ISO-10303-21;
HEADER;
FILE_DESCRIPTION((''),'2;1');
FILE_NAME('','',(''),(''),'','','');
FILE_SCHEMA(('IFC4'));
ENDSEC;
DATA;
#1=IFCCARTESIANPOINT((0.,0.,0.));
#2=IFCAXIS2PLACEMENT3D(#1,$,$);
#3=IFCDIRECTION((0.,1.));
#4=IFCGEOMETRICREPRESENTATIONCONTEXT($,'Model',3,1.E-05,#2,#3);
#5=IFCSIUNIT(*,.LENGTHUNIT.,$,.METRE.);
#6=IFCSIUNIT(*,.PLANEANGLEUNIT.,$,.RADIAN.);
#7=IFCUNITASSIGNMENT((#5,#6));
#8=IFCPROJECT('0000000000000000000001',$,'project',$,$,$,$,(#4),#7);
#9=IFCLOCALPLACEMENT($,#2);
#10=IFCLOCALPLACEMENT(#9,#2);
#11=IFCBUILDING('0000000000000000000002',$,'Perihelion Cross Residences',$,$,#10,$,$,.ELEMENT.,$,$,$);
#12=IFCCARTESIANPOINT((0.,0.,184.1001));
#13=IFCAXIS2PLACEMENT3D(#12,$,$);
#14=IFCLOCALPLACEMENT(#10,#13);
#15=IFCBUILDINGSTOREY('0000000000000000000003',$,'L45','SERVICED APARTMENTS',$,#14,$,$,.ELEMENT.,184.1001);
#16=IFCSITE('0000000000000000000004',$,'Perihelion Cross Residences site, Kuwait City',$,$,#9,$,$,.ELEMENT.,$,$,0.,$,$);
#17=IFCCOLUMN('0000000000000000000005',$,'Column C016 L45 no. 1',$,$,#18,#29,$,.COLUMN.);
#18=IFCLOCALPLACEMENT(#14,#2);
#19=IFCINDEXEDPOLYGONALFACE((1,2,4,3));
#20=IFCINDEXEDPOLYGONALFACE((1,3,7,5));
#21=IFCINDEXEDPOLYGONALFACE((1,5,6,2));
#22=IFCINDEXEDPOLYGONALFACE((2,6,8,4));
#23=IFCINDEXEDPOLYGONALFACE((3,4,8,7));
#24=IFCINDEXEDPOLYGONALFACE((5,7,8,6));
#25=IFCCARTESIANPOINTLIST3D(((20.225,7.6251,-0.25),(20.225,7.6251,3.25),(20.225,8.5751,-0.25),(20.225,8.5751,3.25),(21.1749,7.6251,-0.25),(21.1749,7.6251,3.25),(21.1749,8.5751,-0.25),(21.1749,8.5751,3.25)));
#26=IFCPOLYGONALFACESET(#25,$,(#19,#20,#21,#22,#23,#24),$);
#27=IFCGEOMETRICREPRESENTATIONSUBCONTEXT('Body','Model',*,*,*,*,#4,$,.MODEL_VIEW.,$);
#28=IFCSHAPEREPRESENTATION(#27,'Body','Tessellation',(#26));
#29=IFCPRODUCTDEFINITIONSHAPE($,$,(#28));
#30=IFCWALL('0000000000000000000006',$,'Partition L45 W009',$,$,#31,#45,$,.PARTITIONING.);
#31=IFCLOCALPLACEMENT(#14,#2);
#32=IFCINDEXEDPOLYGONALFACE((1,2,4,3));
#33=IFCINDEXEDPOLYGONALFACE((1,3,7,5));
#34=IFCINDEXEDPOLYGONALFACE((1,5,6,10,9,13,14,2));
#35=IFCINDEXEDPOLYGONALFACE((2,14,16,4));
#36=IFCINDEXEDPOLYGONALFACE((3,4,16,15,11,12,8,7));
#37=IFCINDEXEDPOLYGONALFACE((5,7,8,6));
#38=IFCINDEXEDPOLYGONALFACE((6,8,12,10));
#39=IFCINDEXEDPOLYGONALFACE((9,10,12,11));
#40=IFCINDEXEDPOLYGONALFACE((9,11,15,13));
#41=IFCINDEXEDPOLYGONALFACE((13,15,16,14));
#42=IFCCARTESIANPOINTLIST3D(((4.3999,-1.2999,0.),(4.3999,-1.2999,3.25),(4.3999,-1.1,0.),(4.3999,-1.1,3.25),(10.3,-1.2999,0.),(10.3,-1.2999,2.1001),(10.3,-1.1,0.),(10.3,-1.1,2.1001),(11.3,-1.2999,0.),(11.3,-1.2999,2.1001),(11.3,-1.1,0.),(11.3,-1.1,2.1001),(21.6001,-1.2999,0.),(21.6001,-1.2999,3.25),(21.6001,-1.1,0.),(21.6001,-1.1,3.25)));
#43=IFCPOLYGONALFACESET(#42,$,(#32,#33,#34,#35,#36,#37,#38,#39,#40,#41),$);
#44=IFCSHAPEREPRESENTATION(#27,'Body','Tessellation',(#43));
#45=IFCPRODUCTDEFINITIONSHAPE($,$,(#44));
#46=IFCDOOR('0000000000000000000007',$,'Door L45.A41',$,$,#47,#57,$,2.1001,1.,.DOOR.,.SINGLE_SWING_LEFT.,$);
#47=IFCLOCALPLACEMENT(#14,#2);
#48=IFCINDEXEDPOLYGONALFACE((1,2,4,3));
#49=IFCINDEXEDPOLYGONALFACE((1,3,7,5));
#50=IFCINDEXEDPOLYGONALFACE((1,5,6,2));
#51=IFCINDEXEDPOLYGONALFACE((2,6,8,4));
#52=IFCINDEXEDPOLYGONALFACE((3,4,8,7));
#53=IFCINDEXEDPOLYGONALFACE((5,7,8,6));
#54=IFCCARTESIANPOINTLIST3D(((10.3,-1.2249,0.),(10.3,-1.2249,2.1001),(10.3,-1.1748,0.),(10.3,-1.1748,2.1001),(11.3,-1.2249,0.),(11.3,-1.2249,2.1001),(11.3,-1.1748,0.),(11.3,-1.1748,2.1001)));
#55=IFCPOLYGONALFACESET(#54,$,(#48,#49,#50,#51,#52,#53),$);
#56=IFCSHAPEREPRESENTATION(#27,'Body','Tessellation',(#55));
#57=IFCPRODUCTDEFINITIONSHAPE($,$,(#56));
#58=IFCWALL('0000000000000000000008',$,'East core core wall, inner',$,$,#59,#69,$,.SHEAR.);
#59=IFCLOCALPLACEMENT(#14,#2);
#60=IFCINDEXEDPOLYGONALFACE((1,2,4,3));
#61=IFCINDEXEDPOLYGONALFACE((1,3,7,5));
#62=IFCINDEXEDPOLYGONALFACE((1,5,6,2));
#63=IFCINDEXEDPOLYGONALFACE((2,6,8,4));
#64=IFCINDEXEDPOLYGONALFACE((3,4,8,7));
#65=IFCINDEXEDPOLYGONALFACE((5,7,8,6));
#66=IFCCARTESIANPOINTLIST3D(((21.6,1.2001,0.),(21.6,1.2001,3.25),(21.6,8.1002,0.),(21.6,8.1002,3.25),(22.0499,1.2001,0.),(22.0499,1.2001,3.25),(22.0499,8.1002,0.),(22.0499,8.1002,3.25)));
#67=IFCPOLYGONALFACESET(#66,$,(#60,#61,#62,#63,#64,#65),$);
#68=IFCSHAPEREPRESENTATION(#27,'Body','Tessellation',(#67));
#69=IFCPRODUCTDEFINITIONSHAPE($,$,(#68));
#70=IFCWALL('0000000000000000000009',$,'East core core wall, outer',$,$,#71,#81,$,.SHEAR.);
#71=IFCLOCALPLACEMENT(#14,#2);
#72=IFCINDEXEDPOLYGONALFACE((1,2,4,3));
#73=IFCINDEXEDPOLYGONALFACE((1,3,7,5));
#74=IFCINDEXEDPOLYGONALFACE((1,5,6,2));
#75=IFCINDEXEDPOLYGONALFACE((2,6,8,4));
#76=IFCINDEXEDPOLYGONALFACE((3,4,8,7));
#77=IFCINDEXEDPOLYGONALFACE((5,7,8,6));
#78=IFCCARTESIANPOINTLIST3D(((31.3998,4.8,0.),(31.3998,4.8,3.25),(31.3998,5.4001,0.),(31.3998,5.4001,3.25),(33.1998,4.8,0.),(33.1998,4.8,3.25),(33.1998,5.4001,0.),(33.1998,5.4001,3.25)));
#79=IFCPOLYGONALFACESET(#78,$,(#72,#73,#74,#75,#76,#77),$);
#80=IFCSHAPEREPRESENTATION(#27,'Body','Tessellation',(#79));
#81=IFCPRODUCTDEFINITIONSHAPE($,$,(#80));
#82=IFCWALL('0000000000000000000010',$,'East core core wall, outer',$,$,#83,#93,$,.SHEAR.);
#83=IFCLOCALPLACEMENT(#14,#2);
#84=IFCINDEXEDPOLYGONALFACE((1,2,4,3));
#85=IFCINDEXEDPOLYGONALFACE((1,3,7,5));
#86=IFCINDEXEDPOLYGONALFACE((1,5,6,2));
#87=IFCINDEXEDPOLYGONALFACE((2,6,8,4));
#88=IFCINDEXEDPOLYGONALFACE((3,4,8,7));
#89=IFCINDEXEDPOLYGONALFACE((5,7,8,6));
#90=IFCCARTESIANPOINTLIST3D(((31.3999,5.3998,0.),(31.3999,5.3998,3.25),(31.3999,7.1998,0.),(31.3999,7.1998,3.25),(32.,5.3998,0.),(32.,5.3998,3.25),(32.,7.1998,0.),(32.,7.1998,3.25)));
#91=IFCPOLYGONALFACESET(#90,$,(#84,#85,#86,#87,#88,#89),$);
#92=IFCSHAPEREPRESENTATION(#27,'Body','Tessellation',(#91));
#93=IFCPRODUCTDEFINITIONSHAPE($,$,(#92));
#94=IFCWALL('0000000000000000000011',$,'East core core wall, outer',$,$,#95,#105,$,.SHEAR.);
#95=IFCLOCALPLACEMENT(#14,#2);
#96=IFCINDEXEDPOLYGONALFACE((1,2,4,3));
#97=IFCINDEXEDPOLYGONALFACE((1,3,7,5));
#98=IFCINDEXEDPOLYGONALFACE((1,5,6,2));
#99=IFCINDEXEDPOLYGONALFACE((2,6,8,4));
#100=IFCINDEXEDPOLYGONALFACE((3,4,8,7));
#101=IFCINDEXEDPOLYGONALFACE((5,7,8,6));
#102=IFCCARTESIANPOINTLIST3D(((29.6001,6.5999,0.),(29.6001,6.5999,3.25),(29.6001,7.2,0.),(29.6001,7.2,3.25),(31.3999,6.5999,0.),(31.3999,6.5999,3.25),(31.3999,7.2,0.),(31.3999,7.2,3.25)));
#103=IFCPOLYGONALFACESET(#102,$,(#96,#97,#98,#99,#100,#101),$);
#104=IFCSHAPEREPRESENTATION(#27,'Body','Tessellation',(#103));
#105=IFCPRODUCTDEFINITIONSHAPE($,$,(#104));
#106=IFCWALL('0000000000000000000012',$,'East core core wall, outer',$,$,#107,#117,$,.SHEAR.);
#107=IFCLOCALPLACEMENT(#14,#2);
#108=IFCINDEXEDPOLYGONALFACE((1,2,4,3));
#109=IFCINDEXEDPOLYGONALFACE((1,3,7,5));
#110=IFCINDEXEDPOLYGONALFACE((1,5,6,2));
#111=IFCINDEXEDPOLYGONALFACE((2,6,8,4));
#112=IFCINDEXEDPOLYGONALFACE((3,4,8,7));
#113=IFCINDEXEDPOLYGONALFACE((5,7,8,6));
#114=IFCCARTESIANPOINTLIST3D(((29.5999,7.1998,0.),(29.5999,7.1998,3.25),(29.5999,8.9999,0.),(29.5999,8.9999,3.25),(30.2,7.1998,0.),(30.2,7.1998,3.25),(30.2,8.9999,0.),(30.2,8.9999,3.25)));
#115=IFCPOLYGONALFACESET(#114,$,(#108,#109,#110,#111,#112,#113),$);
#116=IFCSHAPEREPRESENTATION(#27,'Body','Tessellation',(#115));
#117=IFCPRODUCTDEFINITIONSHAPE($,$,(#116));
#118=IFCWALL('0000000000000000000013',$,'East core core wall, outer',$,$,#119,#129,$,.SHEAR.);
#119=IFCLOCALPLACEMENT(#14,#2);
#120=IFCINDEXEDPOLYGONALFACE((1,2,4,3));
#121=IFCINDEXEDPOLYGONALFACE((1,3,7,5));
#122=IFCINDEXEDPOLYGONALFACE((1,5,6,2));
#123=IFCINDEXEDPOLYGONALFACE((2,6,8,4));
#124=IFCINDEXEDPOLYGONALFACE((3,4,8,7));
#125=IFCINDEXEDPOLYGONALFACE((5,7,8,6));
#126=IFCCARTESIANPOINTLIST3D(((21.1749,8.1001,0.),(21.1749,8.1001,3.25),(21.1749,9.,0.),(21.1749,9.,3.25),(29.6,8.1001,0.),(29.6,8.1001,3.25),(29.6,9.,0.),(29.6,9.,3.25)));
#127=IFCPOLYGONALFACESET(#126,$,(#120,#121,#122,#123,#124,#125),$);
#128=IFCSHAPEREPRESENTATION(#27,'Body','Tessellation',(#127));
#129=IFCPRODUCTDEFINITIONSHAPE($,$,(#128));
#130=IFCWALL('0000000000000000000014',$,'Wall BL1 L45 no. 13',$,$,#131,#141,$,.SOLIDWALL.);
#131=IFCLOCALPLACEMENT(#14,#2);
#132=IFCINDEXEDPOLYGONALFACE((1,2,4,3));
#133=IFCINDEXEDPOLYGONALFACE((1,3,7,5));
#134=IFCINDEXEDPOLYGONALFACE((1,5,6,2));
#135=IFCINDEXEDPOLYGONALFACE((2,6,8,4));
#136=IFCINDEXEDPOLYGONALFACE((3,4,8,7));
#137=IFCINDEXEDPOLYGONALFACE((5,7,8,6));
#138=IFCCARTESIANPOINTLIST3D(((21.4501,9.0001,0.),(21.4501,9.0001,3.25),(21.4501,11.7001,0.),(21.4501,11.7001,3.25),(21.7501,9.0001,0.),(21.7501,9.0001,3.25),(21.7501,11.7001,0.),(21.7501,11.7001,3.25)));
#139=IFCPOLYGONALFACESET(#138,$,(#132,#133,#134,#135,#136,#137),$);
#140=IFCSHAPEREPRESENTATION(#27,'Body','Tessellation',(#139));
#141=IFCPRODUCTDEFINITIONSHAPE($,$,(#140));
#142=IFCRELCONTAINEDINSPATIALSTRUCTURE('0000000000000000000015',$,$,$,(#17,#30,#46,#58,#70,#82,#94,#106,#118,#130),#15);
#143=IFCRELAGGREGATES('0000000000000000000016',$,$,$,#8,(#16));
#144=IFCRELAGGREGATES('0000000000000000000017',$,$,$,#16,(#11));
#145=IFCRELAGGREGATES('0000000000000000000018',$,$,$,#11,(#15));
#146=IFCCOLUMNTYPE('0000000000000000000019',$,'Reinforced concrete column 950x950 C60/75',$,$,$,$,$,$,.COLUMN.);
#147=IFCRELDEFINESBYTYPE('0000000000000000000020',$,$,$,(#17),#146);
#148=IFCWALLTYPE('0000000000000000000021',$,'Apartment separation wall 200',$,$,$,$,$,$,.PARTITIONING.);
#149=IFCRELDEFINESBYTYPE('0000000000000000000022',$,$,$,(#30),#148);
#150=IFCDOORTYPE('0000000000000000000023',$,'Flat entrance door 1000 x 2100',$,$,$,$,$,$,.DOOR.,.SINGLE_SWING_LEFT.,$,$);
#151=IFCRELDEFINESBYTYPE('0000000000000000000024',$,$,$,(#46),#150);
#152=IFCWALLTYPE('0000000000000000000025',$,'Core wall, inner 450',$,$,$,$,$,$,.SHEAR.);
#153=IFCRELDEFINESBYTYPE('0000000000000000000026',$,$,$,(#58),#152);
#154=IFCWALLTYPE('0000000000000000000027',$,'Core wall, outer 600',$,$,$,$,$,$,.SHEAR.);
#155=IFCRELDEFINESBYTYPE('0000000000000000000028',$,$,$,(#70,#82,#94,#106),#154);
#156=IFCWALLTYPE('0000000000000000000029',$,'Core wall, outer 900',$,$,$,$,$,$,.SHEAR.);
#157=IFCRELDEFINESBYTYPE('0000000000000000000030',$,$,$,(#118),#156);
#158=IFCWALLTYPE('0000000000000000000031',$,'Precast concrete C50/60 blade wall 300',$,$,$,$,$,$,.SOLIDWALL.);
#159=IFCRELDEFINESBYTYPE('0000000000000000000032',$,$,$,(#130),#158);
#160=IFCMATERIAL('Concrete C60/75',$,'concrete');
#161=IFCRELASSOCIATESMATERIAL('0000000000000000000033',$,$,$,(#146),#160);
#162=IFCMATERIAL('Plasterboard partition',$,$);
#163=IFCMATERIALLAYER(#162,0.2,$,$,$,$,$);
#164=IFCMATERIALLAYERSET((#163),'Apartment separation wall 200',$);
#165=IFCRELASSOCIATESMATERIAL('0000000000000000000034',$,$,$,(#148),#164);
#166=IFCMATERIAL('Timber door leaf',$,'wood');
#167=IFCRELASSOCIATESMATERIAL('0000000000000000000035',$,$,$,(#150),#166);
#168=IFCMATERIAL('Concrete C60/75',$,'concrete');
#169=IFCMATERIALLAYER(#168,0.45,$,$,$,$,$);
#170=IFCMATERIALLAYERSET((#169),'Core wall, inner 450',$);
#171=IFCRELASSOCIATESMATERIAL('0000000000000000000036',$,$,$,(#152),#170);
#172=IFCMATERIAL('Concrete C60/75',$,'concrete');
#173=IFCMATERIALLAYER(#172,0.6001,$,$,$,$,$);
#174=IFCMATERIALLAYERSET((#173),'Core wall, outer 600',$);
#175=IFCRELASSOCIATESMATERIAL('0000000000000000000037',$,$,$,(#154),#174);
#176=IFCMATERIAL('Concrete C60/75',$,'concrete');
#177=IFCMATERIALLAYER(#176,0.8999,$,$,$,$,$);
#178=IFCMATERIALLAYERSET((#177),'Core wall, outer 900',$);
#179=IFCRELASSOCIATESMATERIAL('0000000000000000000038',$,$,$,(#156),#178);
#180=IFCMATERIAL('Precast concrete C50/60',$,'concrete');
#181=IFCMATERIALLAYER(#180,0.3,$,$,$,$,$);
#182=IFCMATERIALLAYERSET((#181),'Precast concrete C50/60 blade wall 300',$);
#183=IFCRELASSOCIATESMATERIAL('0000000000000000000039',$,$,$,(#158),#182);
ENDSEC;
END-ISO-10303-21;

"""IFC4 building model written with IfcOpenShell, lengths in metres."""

from ifc_helpers import new_model, si_unit, direction, frame, frame_2d, origin, origin_2d, place, context, subcontext, project, spatial, rectangle, extrude, material, layer, layer_set, material_profile, profile_set, type_object, element, fill, save


model = new_model("IFC4")

# Units and contexts
model_context = context("Model", 3, precision=1e-05, world=origin(), true_north=direction((0.0, 1.0)))
body_context = subcontext(model_context, "Body", "Model", "MODEL_VIEW")
ifc_project = project(units=[si_unit("LENGTHUNIT", "METRE"), si_unit("PLANEANGLEUNIT", "RADIAN")], contexts=[model_context])

# Site, building, storey
site_placement = place(None, origin())
site = spatial("IfcSite", under=ifc_project, at=site_placement, Name="Perihelion Cross Residences site, Kuwait City", CompositionType="ELEMENT", RefElevation=0.0)
building_placement = place(site_placement, origin())
building = spatial("IfcBuilding", under=site, at=building_placement, Name="Perihelion Cross Residences", CompositionType="ELEMENT")
storey_placement = place(building_placement, frame((0.0, 0.0, 184.1001)))
storey = spatial("IfcBuildingStorey", under=building, at=storey_placement, Name="L45", Description="SERVICED APARTMENTS", CompositionType="ELEMENT", Elevation=184.1001)

# Column
ifc_material_1 = material(Name="Concrete C60/75", Category="concrete")
ifc_material_profile = material_profile(ifc_material_1, rectangle(XDim=0.95, YDim=0.95, at=origin_2d()), Name="RC 950x950")
ifc_profile_set = profile_set([ifc_material_profile], Name="Concrete C60/75")
column_type = type_object("IfcColumnType", Name="Reinforced concrete column 950x950 C60/75", PredefinedType="COLUMN", material=ifc_profile_set)
column_placement = place(storey_placement, frame((20.7, 8.1001, -0.25), z_axis=(0.0, 0.0, 1.0), x_axis=(1.0, 0.0, 0.0)))
element("IfcColumn", 1, at=column_placement, inside=storey, type_object=column_type, Name="Column C016 L45 no. 1", PredefinedType="COLUMN", context=body_context, shape_type="SweptSolid", body=[
    extrude(rectangle(XDim=0.95, YDim=0.95, at=origin_2d()), origin(), (0.0, 0.0, 1.0), 3.5),
])

# Wall, opening, door
ifc_material_2 = material(Name="Plasterboard partition")
ifc_layer_1 = layer(ifc_material_2, 0.2)
ifc_layer_set_1 = layer_set([ifc_layer_1], Name="Apartment separation wall 200")
wall_type_1 = type_object("IfcWallType", Name="Apartment separation wall 200", PredefinedType="PARTITIONING", material=ifc_layer_set_1)
wall_1_placement = place(storey_placement, frame((21.6001, -1.2, 0.0), z_axis=(0.0, 0.0, 1.0), x_axis=(-1.0, 0.0, 0.0)))
wall_1 = element("IfcWall", 2, at=wall_1_placement, inside=storey, type_object=wall_type_1, Name="Partition L45 W009", PredefinedType="PARTITIONING", context=body_context, shape_type="SweptSolid", body=[
    extrude(rectangle(XDim=17.2002, YDim=0.2, at=frame_2d((8.6001, 0.0))), origin(), (0.0, 0.0, 1.0), 3.25),
])
opening_1_placement = place(wall_1_placement, frame((10.3, 0.0, 0.0)))
opening_1 = element("IfcOpeningElement", 3, at=opening_1_placement, cuts=wall_1, PredefinedType="OPENING", context=body_context, shape_type="SweptSolid", body=[
    extrude(rectangle(XDim=1.0, YDim=2.1001, at=frame_2d((0.5, 1.05))), frame((0.0, 0.1099, 0.0), z_axis=(0.0, -1.0, 0.0), x_axis=(1.0, 0.0, 0.0)), (0.0, 0.0, 1.0), 0.22),
])
ifc_material_3 = material(Name="Timber door leaf", Category="wood")
door_type_1 = type_object("IfcDoorType", Name="Flat entrance door 1000 x 2100", OperationType="SINGLE_SWING_LEFT", PredefinedType="DOOR", material=ifc_material_3)
door_1_placement = place(opening_1_placement, origin())
door_1 = element("IfcDoor", 4, at=door_1_placement, inside=storey, type_object=door_type_1, Name="Door L45.A41", OperationType="SINGLE_SWING_LEFT", OverallHeight=2.1001, OverallWidth=1.0, PredefinedType="DOOR", context=body_context, shape_type="SweptSolid", body=[
    extrude(rectangle(XDim=1.0, YDim=2.1001, at=frame_2d((0.5, 1.05))), frame((0.0, 0.0249, 0.0), z_axis=(0.0, -1.0, 0.0), x_axis=(1.0, 0.0, 0.0)), (0.0, 0.0, 1.0), 0.05),
])
fill(opening_1, door_1)

# Walls
ifc_material_4 = material(Name="Concrete C60/75", Category="concrete")
ifc_layer_2 = layer(ifc_material_4, 0.45)
ifc_layer_set_2 = layer_set([ifc_layer_2], Name="Core wall, inner 450")
wall_type_2 = type_object("IfcWallType", Name="Core wall, inner 450", PredefinedType="SHEAR", material=ifc_layer_set_2)
wall_2_placement = place(storey_placement, frame((21.825, 1.2, 0.0), z_axis=(0.0, 0.0, 1.0), x_axis=(0.0, 1.0, 0.0)))
element("IfcWall", 5, at=wall_2_placement, inside=storey, type_object=wall_type_2, Name="East core core wall, inner", PredefinedType="SHEAR", context=body_context, shape_type="SweptSolid", body=[
    extrude(rectangle(XDim=6.9001, YDim=0.45, at=frame_2d((3.4502, 0.0))), origin(), (0.0, 0.0, 1.0), 3.25),
])
ifc_material_5 = material(Name="Concrete C60/75", Category="concrete")
ifc_layer_3 = layer(ifc_material_5, 0.6001)
ifc_layer_set_3 = layer_set([ifc_layer_3], Name="Core wall, outer 600")
wall_type_3 = type_object("IfcWallType", Name="Core wall, outer 600", PredefinedType="SHEAR", material=ifc_layer_set_3)
for number, where, z_axis, x_axis, name in (
    (6, (31.3999, 5.1001, 0.0), (0.0, 0.0, 1.0), (1.0, 0.0, 0.0), "East core core wall, outer"),
    (7, (31.7, 5.3999, 0.0), (0.0, 0.0, 1.0), (0.0, 1.0, 0.0), "East core core wall, outer"),
):
    element("IfcWall", number, at=place(storey_placement, frame(where, z_axis=z_axis, x_axis=x_axis)), inside=storey, type_object=wall_type_3, Name=name, PredefinedType="SHEAR", context=body_context, shape_type="SweptSolid", body=[
        extrude(rectangle(XDim=1.8, YDim=0.6001, at=frame_2d((0.8999, 0.0))), origin(), (0.0, 0.0, 1.0), 3.25),
    ])
wall_3_placement = place(storey_placement, frame((29.6001, 6.8999, 0.0), z_axis=(0.0, 0.0, 1.0), x_axis=(1.0, 0.0, 0.0)))
element("IfcWall", 8, at=wall_3_placement, inside=storey, type_object=wall_type_3, Name="East core core wall, outer", PredefinedType="SHEAR", context=body_context, shape_type="SweptSolid", body=[
    extrude(rectangle(XDim=1.7998, YDim=0.6001, at=frame_2d((0.8999, 0.0))), origin(), (0.0, 0.0, 1.0), 3.25),
])
wall_4_placement = place(storey_placement, frame((29.8999, 7.2, 0.0), z_axis=(0.0, 0.0, 1.0), x_axis=(0.0, 1.0, 0.0)))
element("IfcWall", 9, at=wall_4_placement, inside=storey, type_object=wall_type_3, Name="East core core wall, outer", PredefinedType="SHEAR", context=body_context, shape_type="SweptSolid", body=[
    extrude(rectangle(XDim=1.8, YDim=0.6001, at=frame_2d((0.8999, 0.0))), origin(), (0.0, 0.0, 1.0), 3.25),
])
ifc_material_6 = material(Name="Concrete C60/75", Category="concrete")
ifc_layer_4 = layer(ifc_material_6, 0.8999)
ifc_layer_set_4 = layer_set([ifc_layer_4], Name="Core wall, outer 900")
wall_type_4 = type_object("IfcWallType", Name="Core wall, outer 900", PredefinedType="SHEAR", material=ifc_layer_set_4)
wall_5_placement = place(storey_placement, frame((21.175, 8.55, 0.0), z_axis=(0.0, 0.0, 1.0), x_axis=(1.0, 0.0, 0.0)))
element("IfcWall", 10, at=wall_5_placement, inside=storey, type_object=wall_type_4, Name="East core core wall, outer", PredefinedType="SHEAR", context=body_context, shape_type="SweptSolid", body=[
    extrude(rectangle(XDim=8.425, YDim=0.8999, at=frame_2d((4.2124, 0.0))), origin(), (0.0, 0.0, 1.0), 3.25),
])
ifc_material_7 = material(Name="Precast concrete C50/60", Category="concrete")
ifc_layer_5 = layer(ifc_material_7, 0.3)
ifc_layer_set_5 = layer_set([ifc_layer_5], Name="Precast concrete C50/60 blade wall 300")
wall_type_5 = type_object("IfcWallType", Name="Precast concrete C50/60 blade wall 300", PredefinedType="SOLIDWALL", material=ifc_layer_set_5)
wall_6_placement = place(storey_placement, frame((21.6001, 9.0, 0.0), z_axis=(0.0, 0.0, 1.0), x_axis=(0.0, 1.0, 0.0)))
element("IfcWall", 11, at=wall_6_placement, inside=storey, type_object=wall_type_5, Name="Wall BL1 L45 no. 13", PredefinedType="SOLIDWALL", context=body_context, shape_type="SweptSolid", body=[
    extrude(rectangle(XDim=2.7, YDim=0.3, at=frame_2d((1.3501, 0.0))), origin(), (0.0, 0.0, 1.0), 3.25),
])

save(model, "model.ifc")
